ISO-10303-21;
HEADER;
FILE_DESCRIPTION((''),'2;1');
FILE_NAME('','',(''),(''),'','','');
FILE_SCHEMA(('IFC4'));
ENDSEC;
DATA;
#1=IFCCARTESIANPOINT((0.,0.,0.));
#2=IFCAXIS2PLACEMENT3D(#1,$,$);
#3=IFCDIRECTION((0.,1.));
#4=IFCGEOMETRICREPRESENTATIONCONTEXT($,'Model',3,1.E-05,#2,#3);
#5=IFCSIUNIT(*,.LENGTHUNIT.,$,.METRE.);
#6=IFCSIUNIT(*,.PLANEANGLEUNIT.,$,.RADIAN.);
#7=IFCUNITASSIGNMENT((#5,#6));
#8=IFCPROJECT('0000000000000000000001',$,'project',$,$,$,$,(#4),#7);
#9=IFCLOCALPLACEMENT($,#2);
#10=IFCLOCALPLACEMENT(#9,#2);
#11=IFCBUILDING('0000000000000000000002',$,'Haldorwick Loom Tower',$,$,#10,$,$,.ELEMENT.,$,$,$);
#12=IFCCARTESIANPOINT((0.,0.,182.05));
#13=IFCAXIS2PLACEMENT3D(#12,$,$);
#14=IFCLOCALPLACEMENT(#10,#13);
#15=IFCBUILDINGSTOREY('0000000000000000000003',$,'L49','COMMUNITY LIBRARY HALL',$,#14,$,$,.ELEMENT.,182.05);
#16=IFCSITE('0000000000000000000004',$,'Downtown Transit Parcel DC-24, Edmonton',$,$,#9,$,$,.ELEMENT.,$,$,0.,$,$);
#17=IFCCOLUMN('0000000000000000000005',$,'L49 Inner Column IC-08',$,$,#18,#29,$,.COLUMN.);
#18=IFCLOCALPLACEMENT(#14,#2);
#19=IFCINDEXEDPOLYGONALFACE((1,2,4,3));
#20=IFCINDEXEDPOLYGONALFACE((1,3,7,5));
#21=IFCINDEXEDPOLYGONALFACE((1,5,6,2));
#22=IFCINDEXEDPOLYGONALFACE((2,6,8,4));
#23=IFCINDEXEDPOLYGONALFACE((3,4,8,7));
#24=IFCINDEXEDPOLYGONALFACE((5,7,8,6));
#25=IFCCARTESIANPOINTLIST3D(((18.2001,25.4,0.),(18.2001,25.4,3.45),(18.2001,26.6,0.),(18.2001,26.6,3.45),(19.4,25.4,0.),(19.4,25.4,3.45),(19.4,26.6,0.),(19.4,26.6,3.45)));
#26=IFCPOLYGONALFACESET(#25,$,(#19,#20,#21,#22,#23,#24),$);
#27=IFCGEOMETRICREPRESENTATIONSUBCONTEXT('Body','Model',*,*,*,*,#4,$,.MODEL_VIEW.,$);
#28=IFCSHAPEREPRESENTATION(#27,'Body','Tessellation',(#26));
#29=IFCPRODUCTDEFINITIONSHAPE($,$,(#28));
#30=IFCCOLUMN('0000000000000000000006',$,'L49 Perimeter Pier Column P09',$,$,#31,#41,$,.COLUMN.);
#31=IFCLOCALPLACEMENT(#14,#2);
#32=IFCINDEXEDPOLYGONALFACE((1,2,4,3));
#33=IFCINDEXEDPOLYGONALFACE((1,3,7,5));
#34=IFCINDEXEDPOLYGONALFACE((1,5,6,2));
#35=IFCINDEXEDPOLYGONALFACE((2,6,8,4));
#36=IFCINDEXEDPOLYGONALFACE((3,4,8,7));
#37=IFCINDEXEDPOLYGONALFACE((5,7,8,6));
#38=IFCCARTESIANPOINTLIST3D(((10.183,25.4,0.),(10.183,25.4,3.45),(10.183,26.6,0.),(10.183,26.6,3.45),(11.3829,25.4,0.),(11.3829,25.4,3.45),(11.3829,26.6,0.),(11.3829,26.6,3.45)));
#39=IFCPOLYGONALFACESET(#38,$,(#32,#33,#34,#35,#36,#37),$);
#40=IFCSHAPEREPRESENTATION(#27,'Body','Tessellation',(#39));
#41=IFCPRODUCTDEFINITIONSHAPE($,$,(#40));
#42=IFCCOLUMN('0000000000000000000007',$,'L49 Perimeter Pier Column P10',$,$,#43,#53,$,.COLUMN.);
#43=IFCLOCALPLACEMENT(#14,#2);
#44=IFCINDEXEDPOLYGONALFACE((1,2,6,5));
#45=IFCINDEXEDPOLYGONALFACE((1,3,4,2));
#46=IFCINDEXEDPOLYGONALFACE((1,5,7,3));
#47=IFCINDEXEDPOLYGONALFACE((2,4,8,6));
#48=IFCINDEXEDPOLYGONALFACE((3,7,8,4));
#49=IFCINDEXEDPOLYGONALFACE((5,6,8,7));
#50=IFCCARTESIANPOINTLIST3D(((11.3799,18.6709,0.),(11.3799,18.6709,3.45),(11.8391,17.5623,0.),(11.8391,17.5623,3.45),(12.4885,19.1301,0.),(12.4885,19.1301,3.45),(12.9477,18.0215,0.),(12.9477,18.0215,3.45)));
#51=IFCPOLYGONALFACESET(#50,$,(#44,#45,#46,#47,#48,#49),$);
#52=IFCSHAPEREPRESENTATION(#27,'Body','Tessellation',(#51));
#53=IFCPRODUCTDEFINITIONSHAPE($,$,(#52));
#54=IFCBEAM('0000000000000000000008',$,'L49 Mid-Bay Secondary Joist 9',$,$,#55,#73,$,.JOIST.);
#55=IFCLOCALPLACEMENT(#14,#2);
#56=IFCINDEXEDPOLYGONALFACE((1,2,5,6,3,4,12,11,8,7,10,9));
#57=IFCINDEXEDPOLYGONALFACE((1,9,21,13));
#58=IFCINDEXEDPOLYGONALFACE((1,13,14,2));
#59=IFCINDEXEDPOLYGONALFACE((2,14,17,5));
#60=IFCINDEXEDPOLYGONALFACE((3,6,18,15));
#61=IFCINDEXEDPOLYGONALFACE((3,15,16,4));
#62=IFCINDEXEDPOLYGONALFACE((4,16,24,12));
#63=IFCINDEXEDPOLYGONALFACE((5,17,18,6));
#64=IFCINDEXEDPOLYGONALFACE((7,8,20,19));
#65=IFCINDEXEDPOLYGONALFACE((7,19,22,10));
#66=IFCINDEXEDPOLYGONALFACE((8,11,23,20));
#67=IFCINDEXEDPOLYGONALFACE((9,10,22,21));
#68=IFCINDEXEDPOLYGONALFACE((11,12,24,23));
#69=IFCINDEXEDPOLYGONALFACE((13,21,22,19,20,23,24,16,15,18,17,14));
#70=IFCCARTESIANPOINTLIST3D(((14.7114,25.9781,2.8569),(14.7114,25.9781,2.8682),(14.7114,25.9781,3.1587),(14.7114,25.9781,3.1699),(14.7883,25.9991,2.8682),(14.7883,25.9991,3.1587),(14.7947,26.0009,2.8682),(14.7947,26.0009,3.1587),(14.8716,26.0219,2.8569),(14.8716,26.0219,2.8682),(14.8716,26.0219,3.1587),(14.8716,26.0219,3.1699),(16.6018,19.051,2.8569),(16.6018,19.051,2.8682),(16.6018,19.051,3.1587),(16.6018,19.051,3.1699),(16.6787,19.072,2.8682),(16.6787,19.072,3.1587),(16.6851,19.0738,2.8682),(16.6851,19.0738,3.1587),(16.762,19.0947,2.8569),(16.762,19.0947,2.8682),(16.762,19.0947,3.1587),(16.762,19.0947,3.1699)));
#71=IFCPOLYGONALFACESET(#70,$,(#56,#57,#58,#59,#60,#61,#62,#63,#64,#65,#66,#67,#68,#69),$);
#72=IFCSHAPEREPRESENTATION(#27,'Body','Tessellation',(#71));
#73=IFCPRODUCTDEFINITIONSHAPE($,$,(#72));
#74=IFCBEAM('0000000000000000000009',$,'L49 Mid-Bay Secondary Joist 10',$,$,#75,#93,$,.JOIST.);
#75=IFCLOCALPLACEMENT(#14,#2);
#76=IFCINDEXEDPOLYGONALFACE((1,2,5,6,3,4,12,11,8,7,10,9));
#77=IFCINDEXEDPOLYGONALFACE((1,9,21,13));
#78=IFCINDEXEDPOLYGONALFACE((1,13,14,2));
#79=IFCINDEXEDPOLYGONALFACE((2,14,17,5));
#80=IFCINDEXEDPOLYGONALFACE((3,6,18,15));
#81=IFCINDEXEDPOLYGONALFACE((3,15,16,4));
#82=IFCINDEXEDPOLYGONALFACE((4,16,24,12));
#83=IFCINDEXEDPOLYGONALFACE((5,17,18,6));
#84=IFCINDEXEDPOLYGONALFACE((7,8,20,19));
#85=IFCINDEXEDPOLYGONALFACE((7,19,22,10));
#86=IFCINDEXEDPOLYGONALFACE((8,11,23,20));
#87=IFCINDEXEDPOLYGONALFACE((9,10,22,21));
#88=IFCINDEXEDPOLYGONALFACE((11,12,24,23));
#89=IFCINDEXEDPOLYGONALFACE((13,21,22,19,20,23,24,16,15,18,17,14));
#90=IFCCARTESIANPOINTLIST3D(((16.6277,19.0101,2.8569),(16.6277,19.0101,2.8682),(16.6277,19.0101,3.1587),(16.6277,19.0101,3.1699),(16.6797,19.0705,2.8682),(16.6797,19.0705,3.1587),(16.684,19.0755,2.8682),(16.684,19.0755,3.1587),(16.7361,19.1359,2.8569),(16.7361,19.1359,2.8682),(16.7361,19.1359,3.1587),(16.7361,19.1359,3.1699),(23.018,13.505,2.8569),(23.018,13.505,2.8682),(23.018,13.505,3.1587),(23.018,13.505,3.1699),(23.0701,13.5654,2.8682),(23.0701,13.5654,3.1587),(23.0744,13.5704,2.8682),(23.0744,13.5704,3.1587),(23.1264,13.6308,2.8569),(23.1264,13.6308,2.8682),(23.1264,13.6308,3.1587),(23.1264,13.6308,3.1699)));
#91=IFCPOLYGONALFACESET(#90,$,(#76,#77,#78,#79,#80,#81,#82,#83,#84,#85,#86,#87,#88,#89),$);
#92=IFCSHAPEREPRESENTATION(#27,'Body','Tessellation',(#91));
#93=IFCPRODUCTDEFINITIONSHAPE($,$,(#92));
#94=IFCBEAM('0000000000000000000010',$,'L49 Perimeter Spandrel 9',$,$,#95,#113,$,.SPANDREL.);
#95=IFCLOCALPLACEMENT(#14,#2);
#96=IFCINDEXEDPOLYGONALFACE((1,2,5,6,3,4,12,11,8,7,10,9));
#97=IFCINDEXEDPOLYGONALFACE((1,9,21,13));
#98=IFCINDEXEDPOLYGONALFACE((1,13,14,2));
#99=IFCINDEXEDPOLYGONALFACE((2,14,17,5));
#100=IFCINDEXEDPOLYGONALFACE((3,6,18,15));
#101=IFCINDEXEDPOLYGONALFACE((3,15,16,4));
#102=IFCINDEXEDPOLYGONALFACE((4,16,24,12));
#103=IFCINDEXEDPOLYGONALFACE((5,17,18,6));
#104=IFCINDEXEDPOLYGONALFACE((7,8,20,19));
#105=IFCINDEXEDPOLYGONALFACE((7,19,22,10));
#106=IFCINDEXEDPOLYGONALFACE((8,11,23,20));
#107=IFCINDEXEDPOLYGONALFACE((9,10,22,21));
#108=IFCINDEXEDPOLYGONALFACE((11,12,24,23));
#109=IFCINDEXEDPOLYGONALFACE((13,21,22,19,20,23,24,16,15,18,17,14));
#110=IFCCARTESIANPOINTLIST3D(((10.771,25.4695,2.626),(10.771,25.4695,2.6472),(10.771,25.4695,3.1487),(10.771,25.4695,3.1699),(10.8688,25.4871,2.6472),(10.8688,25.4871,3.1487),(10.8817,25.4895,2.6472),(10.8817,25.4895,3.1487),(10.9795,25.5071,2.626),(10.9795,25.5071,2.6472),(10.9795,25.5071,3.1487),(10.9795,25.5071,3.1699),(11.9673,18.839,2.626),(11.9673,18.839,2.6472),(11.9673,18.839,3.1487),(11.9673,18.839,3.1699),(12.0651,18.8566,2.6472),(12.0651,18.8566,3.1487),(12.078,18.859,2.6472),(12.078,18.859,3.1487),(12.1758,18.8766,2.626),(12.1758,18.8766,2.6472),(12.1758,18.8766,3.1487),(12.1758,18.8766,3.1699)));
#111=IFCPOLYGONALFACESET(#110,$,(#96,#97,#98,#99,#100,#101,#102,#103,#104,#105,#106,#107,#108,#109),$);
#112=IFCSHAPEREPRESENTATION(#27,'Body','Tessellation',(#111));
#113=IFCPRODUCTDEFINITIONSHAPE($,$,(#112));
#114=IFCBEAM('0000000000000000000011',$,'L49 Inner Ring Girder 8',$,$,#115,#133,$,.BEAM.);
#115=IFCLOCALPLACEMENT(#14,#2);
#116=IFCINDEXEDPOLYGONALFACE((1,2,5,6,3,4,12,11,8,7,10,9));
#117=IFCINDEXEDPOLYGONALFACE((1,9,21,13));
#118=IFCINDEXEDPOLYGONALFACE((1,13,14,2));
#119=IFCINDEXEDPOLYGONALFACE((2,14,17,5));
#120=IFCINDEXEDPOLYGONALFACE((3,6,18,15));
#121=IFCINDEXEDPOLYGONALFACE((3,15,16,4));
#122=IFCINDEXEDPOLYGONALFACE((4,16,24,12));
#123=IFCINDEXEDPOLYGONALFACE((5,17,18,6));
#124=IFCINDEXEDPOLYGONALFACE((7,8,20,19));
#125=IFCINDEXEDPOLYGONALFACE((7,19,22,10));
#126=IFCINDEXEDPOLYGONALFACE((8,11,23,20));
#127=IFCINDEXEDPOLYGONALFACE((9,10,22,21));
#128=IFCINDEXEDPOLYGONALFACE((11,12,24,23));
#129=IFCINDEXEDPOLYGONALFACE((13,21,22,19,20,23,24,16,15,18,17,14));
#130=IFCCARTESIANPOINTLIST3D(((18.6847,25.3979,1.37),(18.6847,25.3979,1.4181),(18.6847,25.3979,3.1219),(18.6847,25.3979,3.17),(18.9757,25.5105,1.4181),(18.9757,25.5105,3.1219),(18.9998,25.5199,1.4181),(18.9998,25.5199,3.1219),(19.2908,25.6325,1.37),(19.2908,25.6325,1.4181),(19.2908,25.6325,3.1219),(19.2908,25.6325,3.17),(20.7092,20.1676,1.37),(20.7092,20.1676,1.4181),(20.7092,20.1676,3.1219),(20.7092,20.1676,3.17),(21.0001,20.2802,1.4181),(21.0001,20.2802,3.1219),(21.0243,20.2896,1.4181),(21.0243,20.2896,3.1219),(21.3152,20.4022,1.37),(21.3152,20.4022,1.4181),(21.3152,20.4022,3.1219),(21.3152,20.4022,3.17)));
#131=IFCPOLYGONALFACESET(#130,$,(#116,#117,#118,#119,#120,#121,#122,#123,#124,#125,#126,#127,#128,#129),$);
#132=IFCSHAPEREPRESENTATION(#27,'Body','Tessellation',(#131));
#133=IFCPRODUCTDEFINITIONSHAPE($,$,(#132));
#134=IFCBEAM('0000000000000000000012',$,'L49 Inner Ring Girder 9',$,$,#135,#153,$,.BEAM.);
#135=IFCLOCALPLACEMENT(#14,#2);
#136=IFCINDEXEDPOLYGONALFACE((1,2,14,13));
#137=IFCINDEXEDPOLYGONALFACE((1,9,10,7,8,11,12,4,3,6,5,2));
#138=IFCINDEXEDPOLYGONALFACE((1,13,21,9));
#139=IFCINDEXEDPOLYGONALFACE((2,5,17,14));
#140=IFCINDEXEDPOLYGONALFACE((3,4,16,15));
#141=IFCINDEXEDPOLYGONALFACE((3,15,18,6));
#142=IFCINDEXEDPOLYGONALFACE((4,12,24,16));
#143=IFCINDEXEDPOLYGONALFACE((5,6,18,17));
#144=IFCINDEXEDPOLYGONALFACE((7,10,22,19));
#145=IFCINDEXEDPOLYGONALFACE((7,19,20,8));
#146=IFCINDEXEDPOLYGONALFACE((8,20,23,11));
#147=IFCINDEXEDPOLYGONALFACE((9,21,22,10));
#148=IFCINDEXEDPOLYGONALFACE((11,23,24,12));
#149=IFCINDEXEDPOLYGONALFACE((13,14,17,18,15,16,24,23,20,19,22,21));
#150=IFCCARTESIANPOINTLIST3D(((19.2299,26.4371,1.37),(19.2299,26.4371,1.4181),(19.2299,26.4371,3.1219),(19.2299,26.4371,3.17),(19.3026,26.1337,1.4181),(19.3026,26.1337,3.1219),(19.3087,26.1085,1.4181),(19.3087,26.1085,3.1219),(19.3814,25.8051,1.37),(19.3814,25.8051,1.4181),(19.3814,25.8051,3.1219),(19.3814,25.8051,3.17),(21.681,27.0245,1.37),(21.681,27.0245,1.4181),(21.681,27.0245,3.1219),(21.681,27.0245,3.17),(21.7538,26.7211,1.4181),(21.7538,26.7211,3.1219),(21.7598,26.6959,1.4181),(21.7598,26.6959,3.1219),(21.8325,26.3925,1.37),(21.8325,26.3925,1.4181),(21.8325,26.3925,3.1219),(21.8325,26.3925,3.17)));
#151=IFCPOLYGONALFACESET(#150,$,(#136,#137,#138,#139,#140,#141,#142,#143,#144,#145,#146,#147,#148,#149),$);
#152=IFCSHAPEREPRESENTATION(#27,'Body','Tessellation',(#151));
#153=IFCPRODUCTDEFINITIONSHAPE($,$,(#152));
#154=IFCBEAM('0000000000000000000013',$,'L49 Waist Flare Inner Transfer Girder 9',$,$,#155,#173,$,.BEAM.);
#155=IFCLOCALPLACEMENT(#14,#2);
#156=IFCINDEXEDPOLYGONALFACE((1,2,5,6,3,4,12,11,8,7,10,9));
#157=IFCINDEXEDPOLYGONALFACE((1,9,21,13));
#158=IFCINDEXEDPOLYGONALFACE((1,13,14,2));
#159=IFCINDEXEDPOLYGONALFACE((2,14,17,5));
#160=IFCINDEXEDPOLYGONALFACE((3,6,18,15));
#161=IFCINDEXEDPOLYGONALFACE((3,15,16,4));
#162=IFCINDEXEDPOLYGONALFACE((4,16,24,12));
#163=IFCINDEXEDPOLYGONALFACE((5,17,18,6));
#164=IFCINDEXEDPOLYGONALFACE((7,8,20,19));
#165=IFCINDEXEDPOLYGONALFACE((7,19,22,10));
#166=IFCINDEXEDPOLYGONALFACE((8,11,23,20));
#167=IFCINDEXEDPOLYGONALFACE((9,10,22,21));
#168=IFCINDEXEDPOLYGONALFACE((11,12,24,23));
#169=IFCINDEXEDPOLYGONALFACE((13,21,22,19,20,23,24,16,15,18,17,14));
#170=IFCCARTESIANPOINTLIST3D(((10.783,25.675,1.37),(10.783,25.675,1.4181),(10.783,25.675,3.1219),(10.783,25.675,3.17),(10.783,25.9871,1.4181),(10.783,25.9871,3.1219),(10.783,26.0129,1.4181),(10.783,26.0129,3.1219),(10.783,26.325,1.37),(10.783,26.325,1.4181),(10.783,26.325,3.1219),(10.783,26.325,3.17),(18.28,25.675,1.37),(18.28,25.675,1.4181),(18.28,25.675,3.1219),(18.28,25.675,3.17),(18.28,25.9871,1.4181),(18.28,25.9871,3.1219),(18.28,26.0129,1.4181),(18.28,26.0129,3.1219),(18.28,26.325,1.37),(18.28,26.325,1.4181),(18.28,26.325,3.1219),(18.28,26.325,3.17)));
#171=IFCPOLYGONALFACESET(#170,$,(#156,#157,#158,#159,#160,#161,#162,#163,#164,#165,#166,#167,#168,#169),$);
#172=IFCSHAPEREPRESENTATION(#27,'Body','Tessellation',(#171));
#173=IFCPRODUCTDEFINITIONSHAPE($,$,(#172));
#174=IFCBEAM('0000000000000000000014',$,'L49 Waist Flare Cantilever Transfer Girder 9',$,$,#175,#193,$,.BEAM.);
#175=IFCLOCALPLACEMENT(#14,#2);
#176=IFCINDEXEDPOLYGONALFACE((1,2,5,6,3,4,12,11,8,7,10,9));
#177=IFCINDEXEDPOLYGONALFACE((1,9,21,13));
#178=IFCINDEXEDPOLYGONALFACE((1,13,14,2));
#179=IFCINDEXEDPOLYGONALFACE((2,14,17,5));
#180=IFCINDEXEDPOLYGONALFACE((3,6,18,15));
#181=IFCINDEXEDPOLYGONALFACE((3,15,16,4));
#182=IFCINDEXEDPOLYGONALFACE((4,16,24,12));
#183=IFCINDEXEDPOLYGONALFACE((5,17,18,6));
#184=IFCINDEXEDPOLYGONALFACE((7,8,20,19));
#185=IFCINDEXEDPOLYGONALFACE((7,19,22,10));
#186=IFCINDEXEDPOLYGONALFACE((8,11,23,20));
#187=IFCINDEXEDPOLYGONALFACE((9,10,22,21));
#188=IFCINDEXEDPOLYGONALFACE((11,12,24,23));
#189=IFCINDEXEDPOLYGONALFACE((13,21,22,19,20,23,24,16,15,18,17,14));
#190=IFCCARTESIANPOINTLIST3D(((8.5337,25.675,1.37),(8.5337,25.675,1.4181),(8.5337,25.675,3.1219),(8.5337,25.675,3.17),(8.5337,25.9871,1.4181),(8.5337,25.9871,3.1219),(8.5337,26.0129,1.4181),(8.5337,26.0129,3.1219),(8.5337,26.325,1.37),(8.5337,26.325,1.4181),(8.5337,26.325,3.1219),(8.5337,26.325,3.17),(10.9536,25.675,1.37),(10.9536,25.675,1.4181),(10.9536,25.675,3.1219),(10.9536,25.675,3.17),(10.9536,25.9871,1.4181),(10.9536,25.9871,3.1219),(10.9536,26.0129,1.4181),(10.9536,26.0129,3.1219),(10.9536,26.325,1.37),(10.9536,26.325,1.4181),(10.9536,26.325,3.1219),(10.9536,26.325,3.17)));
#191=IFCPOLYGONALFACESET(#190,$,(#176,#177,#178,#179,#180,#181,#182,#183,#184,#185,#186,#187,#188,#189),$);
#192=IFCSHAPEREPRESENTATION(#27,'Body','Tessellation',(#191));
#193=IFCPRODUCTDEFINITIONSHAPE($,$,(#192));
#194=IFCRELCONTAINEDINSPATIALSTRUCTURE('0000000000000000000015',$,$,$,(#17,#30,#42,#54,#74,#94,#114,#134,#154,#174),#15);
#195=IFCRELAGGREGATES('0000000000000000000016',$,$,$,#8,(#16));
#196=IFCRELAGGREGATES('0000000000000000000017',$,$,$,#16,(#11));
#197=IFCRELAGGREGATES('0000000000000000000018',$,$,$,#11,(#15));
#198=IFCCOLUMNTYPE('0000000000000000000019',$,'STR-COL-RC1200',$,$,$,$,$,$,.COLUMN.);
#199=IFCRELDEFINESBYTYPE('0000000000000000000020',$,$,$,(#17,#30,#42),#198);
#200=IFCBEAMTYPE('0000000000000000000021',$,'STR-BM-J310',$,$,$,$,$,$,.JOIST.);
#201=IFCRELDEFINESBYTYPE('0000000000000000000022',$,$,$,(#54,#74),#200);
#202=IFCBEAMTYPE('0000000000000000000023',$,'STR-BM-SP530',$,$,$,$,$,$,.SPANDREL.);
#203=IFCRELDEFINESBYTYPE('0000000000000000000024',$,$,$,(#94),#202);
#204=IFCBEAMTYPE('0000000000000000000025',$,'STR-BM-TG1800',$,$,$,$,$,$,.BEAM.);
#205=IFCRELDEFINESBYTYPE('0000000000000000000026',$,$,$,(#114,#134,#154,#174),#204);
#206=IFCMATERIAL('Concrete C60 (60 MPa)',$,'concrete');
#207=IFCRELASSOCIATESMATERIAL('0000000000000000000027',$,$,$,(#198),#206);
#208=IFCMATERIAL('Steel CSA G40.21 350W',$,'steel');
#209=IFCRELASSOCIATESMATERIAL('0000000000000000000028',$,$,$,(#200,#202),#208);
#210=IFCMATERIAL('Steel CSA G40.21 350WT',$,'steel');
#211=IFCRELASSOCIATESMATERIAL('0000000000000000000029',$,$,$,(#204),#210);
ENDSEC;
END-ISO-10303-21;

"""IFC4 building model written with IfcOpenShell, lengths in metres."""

from ifc_helpers import new_model, si_unit, direction, frame, origin, origin_2d, place, context, subcontext, project, spatial, rectangle, i_section, extrude, material, material_profile, profile_set, type_object, element, save


model = new_model("IFC4")

# Units and contexts
model_context = context("Model", 3, precision=1e-05, world=origin(), true_north=direction((0.0, 1.0)))
body_context = subcontext(model_context, "Body", "Model", "MODEL_VIEW")
ifc_project = project(units=[si_unit("LENGTHUNIT", "METRE"), si_unit("PLANEANGLEUNIT", "RADIAN")], contexts=[model_context])

# Site, building, storey
site_placement = place(None, origin())
site = spatial("IfcSite", under=ifc_project, at=site_placement, Name="Downtown Transit Parcel DC-24, Edmonton", CompositionType="ELEMENT", RefElevation=0.0)
building_placement = place(site_placement, origin())
building = spatial("IfcBuilding", under=site, at=building_placement, Name="Haldorwick Loom Tower", CompositionType="ELEMENT")
storey_placement = place(building_placement, frame((0.0, 0.0, 182.05)))
storey = spatial("IfcBuildingStorey", under=building, at=storey_placement, Name="L49", Description="COMMUNITY LIBRARY HALL", CompositionType="ELEMENT", Elevation=182.05)

# Columns
ifc_material_1 = material(Name="Concrete C60 (60 MPa)", Category="concrete")
ifc_material_profile_1 = material_profile(ifc_material_1, rectangle(XDim=1.2, YDim=1.2, at=origin_2d()), Name="RC1200X1200", Category="concrete")
ifc_profile_set_1 = profile_set([ifc_material_profile_1], Name="Concrete C60 (60 MPa)")
column_type = type_object("IfcColumnType", Name="STR-COL-RC1200", PredefinedType="COLUMN", material=ifc_profile_set_1)
for number, where, z_axis, x_axis, name in (
    (1, (18.8, 26.0, 0.0), (0.0, 0.0, 1.0), (1.0, 0.0, 0.0), "L49 Inner Column IC-08"),
    (2, (10.783, 26.0, 0.0), (0.0, 0.0, 1.0), (-1.0, 0.0, 0.0), "L49 Perimeter Pier Column P09"),
    (3, (12.1638, 18.3462, 0.0), (0.0, 0.0, 1.0), (-0.92388, -0.382683, 0.0), "L49 Perimeter Pier Column P10"),
):
    element("IfcColumn", number, at=place(storey_placement, frame(where, z_axis=z_axis, x_axis=x_axis)), inside=storey, type_object=column_type, Name=name, PredefinedType="COLUMN", context=body_context, shape_type="SweptSolid", body=[
        extrude(rectangle(XDim=1.2, YDim=1.2, at=origin_2d()), origin(), (0.0, 0.0, 1.0), 3.45),
    ])

# Beams
ifc_material_2 = material(Name="Steel CSA G40.21 350W", Category="steel")
ifc_material_profile_2 = material_profile(ifc_material_2, i_section(OverallWidth=0.166, OverallDepth=0.313, WebThickness=0.0066, FlangeThickness=0.0112, at=origin_2d()), Name="W310X45", Category="steel")
ifc_profile_set_2 = profile_set([ifc_material_profile_2], Name="Steel CSA G40.21 350W")
beam_type_1 = type_object("IfcBeamType", Name="STR-BM-J310", PredefinedType="JOIST", material=ifc_profile_set_2)
beam_1_placement = place(storey_placement, frame((14.7915, 26.0, 3.0134), z_axis=(0.263273, -0.964721, 0.0), x_axis=(0.964721, 0.263273, 0.0)))
element("IfcBeam", 4, at=beam_1_placement, inside=storey, type_object=beam_type_1, Name="L49 Mid-Bay Secondary Joist 9", PredefinedType="JOIST", context=body_context, shape_type="SweptSolid", body=[
    extrude(i_section(OverallWidth=0.166, OverallDepth=0.313, WebThickness=0.0066, FlangeThickness=0.0112, at=origin_2d()), origin(), (0.0, 0.0, 1.0), 7.1804),
])
beam_2_placement = place(storey_placement, frame((16.6819, 19.073, 3.0134), z_axis=(0.757634, -0.65268, 0.0), x_axis=(0.65268, 0.757634, 0.0)))
element("IfcBeam", 5, at=beam_2_placement, inside=storey, type_object=beam_type_1, Name="L49 Mid-Bay Secondary Joist 10", PredefinedType="JOIST", context=body_context, shape_type="SweptSolid", body=[
    extrude(i_section(OverallWidth=0.166, OverallDepth=0.313, WebThickness=0.0066, FlangeThickness=0.0112, at=origin_2d()), origin(), (0.0, 0.0, 1.0), 8.4346),
])
ifc_material_profile_3 = material_profile(ifc_material_2, i_section(OverallWidth=0.2119, OverallDepth=0.5439, WebThickness=0.0132, FlangeThickness=0.0212, at=origin_2d()), Name="W530X123", Category="steel")
ifc_profile_set_3 = profile_set([ifc_material_profile_3], Name="Steel CSA G40.21 350W")
beam_type_2 = type_object("IfcBeamType", Name="STR-BM-SP530", PredefinedType="SPANDREL", material=ifc_profile_set_3)
beam_3_placement = place(storey_placement, frame((10.8752, 25.4883, 2.8979), z_axis=(0.177559, -0.98411, 0.0), x_axis=(0.98411, 0.177559, 0.0)))
element("IfcBeam", 6, at=beam_3_placement, inside=storey, type_object=beam_type_2, Name="L49 Perimeter Spandrel 9", PredefinedType="SPANDREL", context=body_context, shape_type="SweptSolid", body=[
    extrude(i_section(OverallWidth=0.2119, OverallDepth=0.5439, WebThickness=0.0132, FlangeThickness=0.0212, at=origin_2d()), origin(), (0.0, 0.0, 1.0), 6.7375),
])
ifc_material_3 = material(Name="Steel CSA G40.21 350WT", Category="steel")
ifc_material_profile_4 = material_profile(ifc_material_3, i_section(OverallWidth=0.6499, OverallDepth=1.8, WebThickness=0.0259, FlangeThickness=0.0481, at=origin_2d()), Name="WWF1800X650", Category="steel")
ifc_profile_set_4 = profile_set([ifc_material_profile_4], Name="Steel CSA G40.21 350WT")
beam_type_3 = type_object("IfcBeamType", Name="STR-BM-TG1800", PredefinedType="BEAM", material=ifc_profile_set_4)
beam_4_placement = place(storey_placement, frame((21.0122, 20.2849, 2.27), z_axis=(-0.360965, 0.932579, 0.0), x_axis=(-0.932579, -0.360965, 0.0)))
element("IfcBeam", 7, at=beam_4_placement, inside=storey, type_object=beam_type_3, Name="L49 Inner Ring Girder 8", PredefinedType="BEAM", context=body_context, shape_type="SweptSolid", body=[
    extrude(i_section(OverallWidth=0.6499, OverallDepth=1.8, WebThickness=0.0259, FlangeThickness=0.0481, at=origin_2d()), origin(), (0.0, 0.0, 1.0), 5.6084),
])
beam_5_placement = place(storey_placement, frame((19.3057, 26.1211, 2.27), z_axis=(0.972466, 0.233043, 0.0), x_axis=(-0.233043, 0.972466, 0.0)))
element("IfcBeam", 8, at=beam_5_placement, inside=storey, type_object=beam_type_3, Name="L49 Inner Ring Girder 9", PredefinedType="BEAM", context=body_context, shape_type="SweptSolid", body=[
    extrude(i_section(OverallWidth=0.6499, OverallDepth=1.8, WebThickness=0.0259, FlangeThickness=0.0481, at=origin_2d()), origin(), (0.0, 0.0, 1.0), 2.5205),
])
beam_6_placement = place(storey_placement, frame((18.28, 26.0, 2.27), z_axis=(-1.0, 0.0, 0.0), x_axis=(0.0, -1.0, 0.0)))
element("IfcBeam", 9, at=beam_6_placement, inside=storey, type_object=beam_type_3, Name="L49 Waist Flare Inner Transfer Girder 9", PredefinedType="BEAM", context=body_context, shape_type="SweptSolid", body=[
    extrude(i_section(OverallWidth=0.6499, OverallDepth=1.8, WebThickness=0.0259, FlangeThickness=0.0481, at=origin_2d()), origin(), (0.0, 0.0, 1.0), 7.4971),
])
beam_7_placement = place(storey_placement, frame((10.9536, 26.0, 2.27), z_axis=(-1.0, 0.0, 0.0), x_axis=(0.0, -1.0, 0.0)))
element("IfcBeam", 10, at=beam_7_placement, inside=storey, type_object=beam_type_3, Name="L49 Waist Flare Cantilever Transfer Girder 9", PredefinedType="BEAM", context=body_context, shape_type="SweptSolid", body=[
    extrude(i_section(OverallWidth=0.6499, OverallDepth=1.8, WebThickness=0.0259, FlangeThickness=0.0481, at=origin_2d()), origin(), (0.0, 0.0, 1.0), 2.4199),
])

save(model, "model.ifc")
